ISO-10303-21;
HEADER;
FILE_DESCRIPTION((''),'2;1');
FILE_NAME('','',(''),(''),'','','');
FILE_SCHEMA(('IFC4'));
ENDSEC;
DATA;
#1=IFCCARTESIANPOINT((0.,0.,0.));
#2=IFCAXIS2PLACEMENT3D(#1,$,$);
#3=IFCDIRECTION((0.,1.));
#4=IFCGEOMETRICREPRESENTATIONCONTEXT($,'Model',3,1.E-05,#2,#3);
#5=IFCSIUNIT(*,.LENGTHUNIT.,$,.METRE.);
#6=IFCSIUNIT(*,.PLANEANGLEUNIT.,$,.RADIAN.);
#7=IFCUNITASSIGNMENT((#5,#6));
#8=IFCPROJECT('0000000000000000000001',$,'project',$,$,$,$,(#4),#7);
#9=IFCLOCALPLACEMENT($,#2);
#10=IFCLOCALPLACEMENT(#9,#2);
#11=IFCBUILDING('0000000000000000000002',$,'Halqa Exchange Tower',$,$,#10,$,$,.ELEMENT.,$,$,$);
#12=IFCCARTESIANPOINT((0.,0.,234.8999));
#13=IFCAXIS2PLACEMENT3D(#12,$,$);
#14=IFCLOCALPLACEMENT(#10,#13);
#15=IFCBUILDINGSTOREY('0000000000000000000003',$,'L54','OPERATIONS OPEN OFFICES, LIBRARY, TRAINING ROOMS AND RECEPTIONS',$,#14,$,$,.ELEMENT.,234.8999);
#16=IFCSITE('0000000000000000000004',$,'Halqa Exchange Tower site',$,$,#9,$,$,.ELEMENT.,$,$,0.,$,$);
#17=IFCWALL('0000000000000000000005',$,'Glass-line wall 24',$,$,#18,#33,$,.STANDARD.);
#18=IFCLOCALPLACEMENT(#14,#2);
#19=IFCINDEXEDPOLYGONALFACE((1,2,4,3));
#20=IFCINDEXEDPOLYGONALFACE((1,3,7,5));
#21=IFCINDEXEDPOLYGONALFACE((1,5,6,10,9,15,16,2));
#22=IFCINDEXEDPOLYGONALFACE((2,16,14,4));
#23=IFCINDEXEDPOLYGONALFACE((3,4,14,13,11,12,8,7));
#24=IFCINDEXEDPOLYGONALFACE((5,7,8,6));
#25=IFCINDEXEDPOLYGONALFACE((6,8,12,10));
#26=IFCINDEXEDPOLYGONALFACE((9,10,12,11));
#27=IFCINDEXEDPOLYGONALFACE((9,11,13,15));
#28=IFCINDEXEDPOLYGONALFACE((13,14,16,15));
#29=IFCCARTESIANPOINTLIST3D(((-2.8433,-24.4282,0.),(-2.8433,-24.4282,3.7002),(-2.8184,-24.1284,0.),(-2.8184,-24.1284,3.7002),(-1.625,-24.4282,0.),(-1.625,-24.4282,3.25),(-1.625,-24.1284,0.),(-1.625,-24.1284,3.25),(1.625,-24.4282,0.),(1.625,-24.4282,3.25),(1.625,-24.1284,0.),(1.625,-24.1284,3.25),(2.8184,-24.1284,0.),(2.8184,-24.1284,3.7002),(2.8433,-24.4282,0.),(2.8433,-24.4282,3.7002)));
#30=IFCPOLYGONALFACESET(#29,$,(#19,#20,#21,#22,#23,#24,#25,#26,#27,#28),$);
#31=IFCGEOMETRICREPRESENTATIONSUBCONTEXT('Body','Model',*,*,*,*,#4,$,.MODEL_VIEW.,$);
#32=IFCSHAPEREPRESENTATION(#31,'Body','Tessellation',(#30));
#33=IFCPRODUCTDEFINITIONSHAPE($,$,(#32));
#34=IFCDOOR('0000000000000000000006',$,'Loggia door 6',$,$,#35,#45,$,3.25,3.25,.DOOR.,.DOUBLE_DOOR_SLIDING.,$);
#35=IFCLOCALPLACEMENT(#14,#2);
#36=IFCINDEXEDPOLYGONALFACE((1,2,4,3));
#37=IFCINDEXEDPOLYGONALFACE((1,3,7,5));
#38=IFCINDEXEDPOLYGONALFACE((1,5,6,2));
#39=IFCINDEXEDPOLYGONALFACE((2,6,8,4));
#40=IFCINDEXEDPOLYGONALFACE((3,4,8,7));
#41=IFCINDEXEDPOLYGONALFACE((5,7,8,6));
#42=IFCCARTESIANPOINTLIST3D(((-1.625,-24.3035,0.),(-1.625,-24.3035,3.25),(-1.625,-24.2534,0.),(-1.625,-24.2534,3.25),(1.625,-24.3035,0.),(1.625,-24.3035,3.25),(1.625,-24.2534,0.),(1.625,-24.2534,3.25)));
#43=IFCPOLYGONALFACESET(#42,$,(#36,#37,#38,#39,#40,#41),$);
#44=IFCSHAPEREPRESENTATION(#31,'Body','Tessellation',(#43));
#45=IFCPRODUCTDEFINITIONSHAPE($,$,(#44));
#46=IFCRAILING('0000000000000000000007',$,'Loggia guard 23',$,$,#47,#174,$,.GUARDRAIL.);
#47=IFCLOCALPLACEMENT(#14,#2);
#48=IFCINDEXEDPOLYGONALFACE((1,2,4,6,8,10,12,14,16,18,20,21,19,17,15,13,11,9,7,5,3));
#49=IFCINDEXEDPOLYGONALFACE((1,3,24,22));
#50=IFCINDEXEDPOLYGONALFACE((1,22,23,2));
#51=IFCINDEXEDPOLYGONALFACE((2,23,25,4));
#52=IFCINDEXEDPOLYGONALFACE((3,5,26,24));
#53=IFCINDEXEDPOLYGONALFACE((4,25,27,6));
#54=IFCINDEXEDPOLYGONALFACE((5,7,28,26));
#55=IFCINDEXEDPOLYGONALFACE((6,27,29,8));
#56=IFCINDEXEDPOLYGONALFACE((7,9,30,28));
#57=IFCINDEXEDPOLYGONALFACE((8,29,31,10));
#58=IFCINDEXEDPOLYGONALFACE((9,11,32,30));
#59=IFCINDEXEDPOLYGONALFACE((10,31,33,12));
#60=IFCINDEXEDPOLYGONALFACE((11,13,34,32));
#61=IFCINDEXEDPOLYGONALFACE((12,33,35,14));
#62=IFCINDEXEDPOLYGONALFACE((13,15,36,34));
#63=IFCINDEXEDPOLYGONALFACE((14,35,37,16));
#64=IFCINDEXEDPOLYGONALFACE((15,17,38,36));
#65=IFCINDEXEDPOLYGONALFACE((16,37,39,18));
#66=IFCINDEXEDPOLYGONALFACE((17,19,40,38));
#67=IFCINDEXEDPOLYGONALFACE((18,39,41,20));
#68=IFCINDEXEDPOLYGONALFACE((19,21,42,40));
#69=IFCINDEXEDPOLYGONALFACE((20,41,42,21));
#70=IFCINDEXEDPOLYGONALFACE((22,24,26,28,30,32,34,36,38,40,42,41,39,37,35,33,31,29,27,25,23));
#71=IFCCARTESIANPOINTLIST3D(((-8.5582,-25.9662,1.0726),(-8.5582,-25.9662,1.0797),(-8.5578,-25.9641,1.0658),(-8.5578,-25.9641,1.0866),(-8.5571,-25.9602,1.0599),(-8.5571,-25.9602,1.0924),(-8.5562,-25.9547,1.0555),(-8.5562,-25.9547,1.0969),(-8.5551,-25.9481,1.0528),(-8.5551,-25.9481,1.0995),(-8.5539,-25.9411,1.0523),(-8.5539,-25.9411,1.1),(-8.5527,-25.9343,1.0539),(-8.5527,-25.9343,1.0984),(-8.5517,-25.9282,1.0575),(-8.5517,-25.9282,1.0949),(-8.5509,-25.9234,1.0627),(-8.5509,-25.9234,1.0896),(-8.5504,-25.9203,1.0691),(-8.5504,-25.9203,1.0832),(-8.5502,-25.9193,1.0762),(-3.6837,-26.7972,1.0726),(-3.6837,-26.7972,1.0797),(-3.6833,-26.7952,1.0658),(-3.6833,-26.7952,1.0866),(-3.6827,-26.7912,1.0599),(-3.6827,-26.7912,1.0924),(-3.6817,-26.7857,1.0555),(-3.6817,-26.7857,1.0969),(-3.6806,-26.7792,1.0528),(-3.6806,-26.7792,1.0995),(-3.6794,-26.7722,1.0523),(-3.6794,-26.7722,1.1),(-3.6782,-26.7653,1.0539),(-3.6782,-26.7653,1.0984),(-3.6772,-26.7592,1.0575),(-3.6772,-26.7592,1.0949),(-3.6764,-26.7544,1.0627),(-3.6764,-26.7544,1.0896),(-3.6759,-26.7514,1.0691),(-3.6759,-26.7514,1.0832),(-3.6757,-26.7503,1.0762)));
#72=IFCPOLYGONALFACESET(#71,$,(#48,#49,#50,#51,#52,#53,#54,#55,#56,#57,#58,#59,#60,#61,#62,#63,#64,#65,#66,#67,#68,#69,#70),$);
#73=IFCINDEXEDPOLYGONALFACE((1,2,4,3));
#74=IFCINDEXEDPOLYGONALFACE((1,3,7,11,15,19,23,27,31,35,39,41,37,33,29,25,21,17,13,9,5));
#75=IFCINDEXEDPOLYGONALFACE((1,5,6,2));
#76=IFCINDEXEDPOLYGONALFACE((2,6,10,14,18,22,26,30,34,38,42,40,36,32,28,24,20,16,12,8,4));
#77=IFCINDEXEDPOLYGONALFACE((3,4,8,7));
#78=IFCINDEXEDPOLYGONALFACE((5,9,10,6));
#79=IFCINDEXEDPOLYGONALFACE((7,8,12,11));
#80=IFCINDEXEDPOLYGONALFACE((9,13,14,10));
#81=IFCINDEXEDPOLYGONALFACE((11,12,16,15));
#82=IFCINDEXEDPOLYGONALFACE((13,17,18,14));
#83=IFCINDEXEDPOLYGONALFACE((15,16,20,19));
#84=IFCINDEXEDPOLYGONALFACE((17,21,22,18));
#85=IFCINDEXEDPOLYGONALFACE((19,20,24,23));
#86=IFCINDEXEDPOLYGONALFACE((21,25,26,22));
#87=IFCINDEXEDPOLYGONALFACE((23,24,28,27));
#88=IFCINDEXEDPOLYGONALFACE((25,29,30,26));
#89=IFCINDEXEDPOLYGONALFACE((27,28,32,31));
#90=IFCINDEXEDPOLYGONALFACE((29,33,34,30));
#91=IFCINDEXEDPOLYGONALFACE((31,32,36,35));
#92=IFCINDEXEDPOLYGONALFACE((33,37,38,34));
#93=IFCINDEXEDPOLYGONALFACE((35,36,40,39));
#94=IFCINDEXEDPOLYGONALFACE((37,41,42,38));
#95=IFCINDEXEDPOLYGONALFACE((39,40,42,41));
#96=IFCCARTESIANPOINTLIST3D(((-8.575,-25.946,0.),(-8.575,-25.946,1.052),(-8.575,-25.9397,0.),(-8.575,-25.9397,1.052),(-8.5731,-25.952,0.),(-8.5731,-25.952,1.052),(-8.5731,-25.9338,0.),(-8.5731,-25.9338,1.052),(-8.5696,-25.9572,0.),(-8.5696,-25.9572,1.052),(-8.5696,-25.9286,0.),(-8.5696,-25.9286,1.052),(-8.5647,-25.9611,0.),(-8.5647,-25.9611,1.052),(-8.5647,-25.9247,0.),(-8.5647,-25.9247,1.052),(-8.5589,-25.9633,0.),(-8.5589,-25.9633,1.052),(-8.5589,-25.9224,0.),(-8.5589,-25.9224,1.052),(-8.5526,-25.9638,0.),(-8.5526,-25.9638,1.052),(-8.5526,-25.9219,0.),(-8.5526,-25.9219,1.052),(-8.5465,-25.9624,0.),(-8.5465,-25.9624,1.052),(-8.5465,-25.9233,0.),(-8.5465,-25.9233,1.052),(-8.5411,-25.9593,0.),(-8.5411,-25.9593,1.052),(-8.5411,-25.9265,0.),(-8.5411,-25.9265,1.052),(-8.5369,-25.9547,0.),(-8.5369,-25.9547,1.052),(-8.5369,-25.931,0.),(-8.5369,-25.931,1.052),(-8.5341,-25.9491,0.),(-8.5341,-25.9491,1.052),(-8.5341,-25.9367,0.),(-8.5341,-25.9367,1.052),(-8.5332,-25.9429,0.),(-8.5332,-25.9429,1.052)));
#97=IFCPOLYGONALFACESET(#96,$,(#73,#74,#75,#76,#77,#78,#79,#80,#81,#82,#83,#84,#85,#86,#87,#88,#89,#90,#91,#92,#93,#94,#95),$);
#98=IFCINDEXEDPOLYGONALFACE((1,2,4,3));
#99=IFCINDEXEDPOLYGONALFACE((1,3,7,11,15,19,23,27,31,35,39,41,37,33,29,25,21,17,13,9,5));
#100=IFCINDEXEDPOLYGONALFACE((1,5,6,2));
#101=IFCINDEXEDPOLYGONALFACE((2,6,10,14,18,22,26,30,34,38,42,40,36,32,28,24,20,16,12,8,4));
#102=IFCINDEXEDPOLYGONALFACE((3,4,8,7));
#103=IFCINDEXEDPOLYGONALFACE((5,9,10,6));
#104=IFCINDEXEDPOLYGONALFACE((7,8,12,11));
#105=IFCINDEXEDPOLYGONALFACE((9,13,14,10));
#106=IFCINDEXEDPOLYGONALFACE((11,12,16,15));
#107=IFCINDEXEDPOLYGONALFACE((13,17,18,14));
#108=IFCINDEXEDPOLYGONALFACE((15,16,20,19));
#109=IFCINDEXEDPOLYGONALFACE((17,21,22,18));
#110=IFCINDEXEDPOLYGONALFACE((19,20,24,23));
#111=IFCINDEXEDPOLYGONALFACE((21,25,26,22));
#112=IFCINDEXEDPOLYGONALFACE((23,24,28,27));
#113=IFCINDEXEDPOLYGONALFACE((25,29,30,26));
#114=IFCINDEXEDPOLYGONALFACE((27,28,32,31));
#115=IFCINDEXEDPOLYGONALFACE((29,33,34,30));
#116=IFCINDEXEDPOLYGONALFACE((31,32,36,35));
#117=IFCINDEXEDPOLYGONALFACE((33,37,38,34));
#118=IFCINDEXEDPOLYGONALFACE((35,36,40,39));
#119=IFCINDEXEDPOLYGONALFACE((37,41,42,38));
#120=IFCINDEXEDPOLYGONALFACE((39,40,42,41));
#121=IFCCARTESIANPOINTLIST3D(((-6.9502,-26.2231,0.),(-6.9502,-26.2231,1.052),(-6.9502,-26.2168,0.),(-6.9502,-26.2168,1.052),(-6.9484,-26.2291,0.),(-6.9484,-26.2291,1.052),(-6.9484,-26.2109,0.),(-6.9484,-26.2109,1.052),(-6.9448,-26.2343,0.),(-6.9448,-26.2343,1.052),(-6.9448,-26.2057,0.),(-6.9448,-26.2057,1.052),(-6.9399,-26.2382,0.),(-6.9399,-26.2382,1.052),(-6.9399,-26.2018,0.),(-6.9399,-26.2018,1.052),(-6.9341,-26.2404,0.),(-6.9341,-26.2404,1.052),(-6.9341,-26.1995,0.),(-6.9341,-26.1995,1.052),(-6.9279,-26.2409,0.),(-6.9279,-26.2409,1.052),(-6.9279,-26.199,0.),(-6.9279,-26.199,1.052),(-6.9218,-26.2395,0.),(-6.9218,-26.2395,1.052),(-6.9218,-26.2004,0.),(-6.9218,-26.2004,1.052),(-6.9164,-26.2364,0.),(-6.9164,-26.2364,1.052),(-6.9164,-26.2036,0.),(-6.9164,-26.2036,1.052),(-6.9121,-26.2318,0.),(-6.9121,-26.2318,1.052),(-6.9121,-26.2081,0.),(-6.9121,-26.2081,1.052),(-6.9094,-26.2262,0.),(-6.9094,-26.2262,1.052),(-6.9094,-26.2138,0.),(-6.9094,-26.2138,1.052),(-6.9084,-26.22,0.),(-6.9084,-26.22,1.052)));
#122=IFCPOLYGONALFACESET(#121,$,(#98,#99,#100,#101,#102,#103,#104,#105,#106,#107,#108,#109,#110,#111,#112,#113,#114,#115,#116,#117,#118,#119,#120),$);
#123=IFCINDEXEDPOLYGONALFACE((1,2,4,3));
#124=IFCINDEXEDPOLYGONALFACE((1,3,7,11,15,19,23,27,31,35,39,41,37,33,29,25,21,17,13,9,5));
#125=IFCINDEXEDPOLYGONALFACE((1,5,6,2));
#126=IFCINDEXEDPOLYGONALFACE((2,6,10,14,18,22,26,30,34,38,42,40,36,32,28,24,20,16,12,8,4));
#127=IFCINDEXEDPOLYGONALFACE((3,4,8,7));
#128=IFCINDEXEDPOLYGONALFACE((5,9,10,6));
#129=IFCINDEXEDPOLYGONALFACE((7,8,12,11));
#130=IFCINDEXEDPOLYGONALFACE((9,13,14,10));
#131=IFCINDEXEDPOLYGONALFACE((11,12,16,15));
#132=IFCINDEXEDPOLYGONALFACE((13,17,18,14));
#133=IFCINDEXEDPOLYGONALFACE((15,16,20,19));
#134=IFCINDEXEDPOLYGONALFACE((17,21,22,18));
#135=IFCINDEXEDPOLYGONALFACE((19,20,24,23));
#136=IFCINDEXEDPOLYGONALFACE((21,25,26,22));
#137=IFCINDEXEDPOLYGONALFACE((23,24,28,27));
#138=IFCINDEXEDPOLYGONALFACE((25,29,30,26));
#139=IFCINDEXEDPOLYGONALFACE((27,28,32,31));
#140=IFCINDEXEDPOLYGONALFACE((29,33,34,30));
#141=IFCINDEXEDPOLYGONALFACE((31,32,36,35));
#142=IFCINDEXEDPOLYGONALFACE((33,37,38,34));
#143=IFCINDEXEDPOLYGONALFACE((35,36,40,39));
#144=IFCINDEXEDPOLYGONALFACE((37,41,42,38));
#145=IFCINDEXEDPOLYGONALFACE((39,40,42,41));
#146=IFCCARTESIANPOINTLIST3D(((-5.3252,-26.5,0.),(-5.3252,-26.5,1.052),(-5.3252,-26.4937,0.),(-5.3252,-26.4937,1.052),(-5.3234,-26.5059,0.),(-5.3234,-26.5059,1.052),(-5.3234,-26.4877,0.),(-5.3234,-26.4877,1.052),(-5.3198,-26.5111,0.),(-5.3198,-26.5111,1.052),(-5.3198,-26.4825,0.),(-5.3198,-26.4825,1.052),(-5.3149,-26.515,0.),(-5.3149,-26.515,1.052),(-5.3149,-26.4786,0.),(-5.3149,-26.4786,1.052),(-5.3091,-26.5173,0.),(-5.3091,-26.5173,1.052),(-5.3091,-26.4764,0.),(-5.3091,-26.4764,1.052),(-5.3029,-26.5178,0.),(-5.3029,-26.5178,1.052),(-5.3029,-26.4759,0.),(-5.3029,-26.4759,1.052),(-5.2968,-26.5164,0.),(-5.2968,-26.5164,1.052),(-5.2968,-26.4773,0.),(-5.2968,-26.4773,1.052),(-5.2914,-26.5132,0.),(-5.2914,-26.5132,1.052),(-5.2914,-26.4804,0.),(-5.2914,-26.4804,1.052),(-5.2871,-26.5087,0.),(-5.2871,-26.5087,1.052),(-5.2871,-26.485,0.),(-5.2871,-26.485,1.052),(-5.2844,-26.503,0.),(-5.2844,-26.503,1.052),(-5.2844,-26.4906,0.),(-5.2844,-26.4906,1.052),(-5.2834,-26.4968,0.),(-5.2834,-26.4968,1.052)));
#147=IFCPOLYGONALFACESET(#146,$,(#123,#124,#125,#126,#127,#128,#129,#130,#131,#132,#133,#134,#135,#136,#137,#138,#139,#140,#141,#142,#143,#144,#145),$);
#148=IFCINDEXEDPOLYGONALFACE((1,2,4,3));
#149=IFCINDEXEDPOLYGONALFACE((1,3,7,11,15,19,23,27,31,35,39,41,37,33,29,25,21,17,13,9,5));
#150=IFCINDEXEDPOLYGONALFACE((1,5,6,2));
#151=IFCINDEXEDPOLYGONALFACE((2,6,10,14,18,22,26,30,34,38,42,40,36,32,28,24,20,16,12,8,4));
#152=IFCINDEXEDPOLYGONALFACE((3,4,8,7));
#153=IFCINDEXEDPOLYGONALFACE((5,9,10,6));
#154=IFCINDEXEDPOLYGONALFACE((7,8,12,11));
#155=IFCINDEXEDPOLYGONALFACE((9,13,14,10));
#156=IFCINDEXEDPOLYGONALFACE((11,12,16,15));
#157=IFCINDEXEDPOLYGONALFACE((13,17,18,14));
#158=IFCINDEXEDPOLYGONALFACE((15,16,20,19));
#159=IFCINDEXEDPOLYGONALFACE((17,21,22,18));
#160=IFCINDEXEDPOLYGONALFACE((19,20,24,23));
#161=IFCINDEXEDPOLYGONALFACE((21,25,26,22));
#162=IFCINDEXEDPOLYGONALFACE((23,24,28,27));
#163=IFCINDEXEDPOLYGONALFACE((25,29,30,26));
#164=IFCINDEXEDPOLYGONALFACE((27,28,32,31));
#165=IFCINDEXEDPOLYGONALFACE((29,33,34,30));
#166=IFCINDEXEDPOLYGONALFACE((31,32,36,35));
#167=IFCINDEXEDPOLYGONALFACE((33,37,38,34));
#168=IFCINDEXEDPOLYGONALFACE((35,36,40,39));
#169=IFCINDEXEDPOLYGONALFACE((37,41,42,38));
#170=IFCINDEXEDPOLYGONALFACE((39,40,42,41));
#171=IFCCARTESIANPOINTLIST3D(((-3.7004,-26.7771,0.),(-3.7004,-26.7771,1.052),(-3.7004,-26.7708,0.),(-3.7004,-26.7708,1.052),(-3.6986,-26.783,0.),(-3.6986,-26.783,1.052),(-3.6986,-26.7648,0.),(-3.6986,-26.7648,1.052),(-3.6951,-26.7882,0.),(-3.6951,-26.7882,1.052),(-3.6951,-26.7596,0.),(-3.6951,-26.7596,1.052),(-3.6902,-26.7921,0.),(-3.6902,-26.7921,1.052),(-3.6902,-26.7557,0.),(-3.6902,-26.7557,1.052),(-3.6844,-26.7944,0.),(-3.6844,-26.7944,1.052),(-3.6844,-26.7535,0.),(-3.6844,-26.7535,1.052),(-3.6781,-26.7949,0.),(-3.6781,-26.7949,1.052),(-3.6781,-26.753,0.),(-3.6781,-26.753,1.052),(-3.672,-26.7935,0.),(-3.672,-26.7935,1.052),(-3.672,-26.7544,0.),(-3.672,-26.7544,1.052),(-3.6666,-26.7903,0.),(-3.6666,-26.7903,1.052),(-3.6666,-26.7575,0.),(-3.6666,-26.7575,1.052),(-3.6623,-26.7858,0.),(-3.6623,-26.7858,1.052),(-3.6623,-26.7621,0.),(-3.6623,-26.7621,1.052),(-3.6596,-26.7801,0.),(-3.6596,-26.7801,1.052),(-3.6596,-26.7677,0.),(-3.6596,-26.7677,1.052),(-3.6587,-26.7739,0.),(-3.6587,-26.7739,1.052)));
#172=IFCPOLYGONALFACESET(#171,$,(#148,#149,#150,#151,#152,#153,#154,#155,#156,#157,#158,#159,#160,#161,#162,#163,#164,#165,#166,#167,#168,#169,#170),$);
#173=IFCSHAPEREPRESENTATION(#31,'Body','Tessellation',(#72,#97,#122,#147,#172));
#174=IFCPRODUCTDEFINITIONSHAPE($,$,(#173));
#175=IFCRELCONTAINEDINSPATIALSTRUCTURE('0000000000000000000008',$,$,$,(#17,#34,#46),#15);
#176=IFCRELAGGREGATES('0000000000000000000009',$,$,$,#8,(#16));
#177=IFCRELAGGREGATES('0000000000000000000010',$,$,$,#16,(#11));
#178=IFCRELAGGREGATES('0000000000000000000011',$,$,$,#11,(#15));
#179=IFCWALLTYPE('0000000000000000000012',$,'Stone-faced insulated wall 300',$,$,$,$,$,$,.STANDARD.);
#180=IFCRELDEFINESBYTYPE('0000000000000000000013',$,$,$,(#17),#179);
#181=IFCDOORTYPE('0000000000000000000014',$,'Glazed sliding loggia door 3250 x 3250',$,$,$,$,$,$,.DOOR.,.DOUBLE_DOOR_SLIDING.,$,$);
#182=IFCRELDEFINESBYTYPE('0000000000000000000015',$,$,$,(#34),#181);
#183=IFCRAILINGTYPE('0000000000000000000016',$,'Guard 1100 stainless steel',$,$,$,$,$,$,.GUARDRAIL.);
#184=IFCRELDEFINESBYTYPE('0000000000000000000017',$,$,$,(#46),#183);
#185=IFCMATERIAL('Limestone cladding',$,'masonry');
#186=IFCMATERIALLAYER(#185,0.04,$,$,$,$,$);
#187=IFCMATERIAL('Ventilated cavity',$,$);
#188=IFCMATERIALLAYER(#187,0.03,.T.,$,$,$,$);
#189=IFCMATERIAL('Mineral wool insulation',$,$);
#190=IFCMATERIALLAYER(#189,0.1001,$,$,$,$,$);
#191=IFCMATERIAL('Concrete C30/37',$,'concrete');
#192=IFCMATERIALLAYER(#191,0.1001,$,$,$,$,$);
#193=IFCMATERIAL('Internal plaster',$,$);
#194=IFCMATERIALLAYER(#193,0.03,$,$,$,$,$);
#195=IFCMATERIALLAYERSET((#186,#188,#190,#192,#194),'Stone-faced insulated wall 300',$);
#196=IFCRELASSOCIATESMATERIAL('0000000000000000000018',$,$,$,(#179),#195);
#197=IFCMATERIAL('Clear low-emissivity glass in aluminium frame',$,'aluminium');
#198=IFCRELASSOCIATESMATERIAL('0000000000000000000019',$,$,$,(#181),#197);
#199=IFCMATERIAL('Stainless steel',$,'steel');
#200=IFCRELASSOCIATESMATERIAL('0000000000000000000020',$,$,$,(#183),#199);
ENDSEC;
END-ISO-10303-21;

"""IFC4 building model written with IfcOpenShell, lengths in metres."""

from ifc_helpers import new_model, si_unit, direction, frame, frame_2d, origin, origin_2d, place, context, subcontext, project, spatial, polyline, rectangle, circle, outline, extrude, material, layer, layer_set, type_object, element, fill, save


model = new_model("IFC4")

# Units and contexts
model_context = context("Model", 3, precision=1e-05, world=origin(), true_north=direction((0.0, 1.0)))
body_context = subcontext(model_context, "Body", "Model", "MODEL_VIEW")
ifc_project = project(units=[si_unit("LENGTHUNIT", "METRE"), si_unit("PLANEANGLEUNIT", "RADIAN")], contexts=[model_context])

# Site, building, storey
site_placement = place(None, origin())
site = spatial("IfcSite", under=ifc_project, at=site_placement, Name="Halqa Exchange Tower site", CompositionType="ELEMENT", RefElevation=0.0)
building_placement = place(site_placement, origin())
building = spatial("IfcBuilding", under=site, at=building_placement, Name="Halqa Exchange Tower", CompositionType="ELEMENT")
storey_placement = place(building_placement, frame((0.0, 0.0, 234.8999)))
storey = spatial("IfcBuildingStorey", under=building, at=storey_placement, Name="L54", Description="OPERATIONS OPEN OFFICES, LIBRARY, TRAINING ROOMS AND RECEPTIONS", CompositionType="ELEMENT", Elevation=234.8999)

# Shared definitions
ifc_material_1 = material(Name="Concrete C30/37", Category="concrete")

# Shared definitions
ifc_material_2 = material(Name="Limestone cladding", Category="masonry")
ifc_layer_1 = layer(ifc_material_2, 0.04)
ifc_material_3 = material(Name="Ventilated cavity")
ifc_layer_2 = layer(ifc_material_3, 0.03, ventilated=True)
ifc_material_4 = material(Name="Mineral wool insulation")
ifc_layer_3 = layer(ifc_material_4, 0.1001)
ifc_layer_4 = layer(ifc_material_1, 0.1001)
ifc_material_5 = material(Name="Internal plaster")
ifc_layer_5 = layer(ifc_material_5, 0.03)
ifc_layer_set_1 = layer_set([ifc_layer_1, ifc_layer_2, ifc_layer_3, ifc_layer_4, ifc_layer_5], Name="Stone-faced insulated wall 300")
wall_type_1 = type_object("IfcWallType", Name="Stone-faced insulated wall 300", PredefinedType="STANDARD", material=ifc_layer_set_1)
ifc_material_6 = material(Name="Clear low-emissivity glass in aluminium frame", Category="aluminium")

# Wall, opening, door
wall_1_placement = place(storey_placement, frame((-2.8308, -24.2783, 0.0), z_axis=(0.0, 0.0, 1.0), x_axis=(1.0, 0.0, 0.0)))
wall_1 = element("IfcWall", 1, at=wall_1_placement, inside=storey, type_object=wall_type_1, Name="Glass-line wall 24", PredefinedType="STANDARD", context=body_context, shape_type="SweptSolid", body=[
    extrude(outline(polyline([(-0.0125, -0.1499), (5.6741, -0.1499), (5.6492, 0.1499), (0.0125, 0.1499), (-0.0125, -0.1499)])), origin(), (0.0, 0.0, 1.0), 3.7002),
])
opening_1_placement = place(wall_1_placement, frame((1.2058, 0.0, 0.0)))
opening_1 = element("IfcOpeningElement", 2, at=opening_1_placement, cuts=wall_1, PredefinedType="OPENING", context=body_context, shape_type="SweptSolid", body=[
    extrude(rectangle(XDim=3.25, YDim=3.25, at=frame_2d((1.625, 1.625))), frame((0.0, 0.1621, 0.0), z_axis=(0.0, -1.0, 0.0), x_axis=(1.0, 0.0, 0.0)), (0.0, 0.0, 1.0), 0.324),
])
door_type_1 = type_object("IfcDoorType", Name="Glazed sliding loggia door 3250 x 3250", OperationType="DOUBLE_DOOR_SLIDING", PredefinedType="DOOR", material=ifc_material_6)
door_1_placement = place(opening_1_placement, origin())
door_1 = element("IfcDoor", 3, at=door_1_placement, inside=storey, type_object=door_type_1, Name="Loggia door 6", OperationType="DOUBLE_DOOR_SLIDING", OverallHeight=3.25, OverallWidth=3.25, PredefinedType="DOOR", context=body_context, shape_type="SweptSolid", body=[
    extrude(rectangle(XDim=3.25, YDim=3.25, at=frame_2d((1.625, 1.625))), frame((0.0, 0.0249, 0.0), z_axis=(0.0, -1.0, 0.0), x_axis=(1.0, 0.0, 0.0)), (0.0, 0.0, 1.0), 0.05),
])
fill(opening_1, door_1)

# Railing
ifc_material_7 = material(Name="Stainless steel", Category="steel")
railing_type = type_object("IfcRailingType", Name="Guard 1100 stainless steel", PredefinedType="GUARDRAIL", material=ifc_material_7)
railing_1_placement = place(storey_placement, frame((-8.5542, -25.9429, 0.0)))
element("IfcRailing", 4, at=railing_1_placement, inside=storey, type_object=railing_type, Name="Loggia guard 23", PredefinedType="GUARDRAIL", context=body_context, shape_type="SweptSolid", body=[
    extrude(circle(Radius=0.0239, at=origin_2d()), frame((0.0, 0.0, 1.0762), z_axis=(0.985776, -0.168065, 0.0), x_axis=(0.168065, 0.985776, 0.0)), (0.0, 0.0, 1.0), 4.9448),
    extrude(circle(Radius=0.021, at=origin_2d()), origin(), (0.0, 0.0, 1.0), 1.052),
    extrude(circle(Radius=0.021, at=origin_2d()), frame((1.6248, -0.2771, 0.0)), (0.0, 0.0, 1.0), 1.052),
    extrude(circle(Radius=0.021, at=origin_2d()), frame((3.2498, -0.554, 0.0)), (0.0, 0.0, 1.0), 1.052),
    extrude(circle(Radius=0.021, at=origin_2d()), frame((4.8745, -0.8311, 0.0)), (0.0, 0.0, 1.0), 1.052),
])

save(model, "model.ifc")
